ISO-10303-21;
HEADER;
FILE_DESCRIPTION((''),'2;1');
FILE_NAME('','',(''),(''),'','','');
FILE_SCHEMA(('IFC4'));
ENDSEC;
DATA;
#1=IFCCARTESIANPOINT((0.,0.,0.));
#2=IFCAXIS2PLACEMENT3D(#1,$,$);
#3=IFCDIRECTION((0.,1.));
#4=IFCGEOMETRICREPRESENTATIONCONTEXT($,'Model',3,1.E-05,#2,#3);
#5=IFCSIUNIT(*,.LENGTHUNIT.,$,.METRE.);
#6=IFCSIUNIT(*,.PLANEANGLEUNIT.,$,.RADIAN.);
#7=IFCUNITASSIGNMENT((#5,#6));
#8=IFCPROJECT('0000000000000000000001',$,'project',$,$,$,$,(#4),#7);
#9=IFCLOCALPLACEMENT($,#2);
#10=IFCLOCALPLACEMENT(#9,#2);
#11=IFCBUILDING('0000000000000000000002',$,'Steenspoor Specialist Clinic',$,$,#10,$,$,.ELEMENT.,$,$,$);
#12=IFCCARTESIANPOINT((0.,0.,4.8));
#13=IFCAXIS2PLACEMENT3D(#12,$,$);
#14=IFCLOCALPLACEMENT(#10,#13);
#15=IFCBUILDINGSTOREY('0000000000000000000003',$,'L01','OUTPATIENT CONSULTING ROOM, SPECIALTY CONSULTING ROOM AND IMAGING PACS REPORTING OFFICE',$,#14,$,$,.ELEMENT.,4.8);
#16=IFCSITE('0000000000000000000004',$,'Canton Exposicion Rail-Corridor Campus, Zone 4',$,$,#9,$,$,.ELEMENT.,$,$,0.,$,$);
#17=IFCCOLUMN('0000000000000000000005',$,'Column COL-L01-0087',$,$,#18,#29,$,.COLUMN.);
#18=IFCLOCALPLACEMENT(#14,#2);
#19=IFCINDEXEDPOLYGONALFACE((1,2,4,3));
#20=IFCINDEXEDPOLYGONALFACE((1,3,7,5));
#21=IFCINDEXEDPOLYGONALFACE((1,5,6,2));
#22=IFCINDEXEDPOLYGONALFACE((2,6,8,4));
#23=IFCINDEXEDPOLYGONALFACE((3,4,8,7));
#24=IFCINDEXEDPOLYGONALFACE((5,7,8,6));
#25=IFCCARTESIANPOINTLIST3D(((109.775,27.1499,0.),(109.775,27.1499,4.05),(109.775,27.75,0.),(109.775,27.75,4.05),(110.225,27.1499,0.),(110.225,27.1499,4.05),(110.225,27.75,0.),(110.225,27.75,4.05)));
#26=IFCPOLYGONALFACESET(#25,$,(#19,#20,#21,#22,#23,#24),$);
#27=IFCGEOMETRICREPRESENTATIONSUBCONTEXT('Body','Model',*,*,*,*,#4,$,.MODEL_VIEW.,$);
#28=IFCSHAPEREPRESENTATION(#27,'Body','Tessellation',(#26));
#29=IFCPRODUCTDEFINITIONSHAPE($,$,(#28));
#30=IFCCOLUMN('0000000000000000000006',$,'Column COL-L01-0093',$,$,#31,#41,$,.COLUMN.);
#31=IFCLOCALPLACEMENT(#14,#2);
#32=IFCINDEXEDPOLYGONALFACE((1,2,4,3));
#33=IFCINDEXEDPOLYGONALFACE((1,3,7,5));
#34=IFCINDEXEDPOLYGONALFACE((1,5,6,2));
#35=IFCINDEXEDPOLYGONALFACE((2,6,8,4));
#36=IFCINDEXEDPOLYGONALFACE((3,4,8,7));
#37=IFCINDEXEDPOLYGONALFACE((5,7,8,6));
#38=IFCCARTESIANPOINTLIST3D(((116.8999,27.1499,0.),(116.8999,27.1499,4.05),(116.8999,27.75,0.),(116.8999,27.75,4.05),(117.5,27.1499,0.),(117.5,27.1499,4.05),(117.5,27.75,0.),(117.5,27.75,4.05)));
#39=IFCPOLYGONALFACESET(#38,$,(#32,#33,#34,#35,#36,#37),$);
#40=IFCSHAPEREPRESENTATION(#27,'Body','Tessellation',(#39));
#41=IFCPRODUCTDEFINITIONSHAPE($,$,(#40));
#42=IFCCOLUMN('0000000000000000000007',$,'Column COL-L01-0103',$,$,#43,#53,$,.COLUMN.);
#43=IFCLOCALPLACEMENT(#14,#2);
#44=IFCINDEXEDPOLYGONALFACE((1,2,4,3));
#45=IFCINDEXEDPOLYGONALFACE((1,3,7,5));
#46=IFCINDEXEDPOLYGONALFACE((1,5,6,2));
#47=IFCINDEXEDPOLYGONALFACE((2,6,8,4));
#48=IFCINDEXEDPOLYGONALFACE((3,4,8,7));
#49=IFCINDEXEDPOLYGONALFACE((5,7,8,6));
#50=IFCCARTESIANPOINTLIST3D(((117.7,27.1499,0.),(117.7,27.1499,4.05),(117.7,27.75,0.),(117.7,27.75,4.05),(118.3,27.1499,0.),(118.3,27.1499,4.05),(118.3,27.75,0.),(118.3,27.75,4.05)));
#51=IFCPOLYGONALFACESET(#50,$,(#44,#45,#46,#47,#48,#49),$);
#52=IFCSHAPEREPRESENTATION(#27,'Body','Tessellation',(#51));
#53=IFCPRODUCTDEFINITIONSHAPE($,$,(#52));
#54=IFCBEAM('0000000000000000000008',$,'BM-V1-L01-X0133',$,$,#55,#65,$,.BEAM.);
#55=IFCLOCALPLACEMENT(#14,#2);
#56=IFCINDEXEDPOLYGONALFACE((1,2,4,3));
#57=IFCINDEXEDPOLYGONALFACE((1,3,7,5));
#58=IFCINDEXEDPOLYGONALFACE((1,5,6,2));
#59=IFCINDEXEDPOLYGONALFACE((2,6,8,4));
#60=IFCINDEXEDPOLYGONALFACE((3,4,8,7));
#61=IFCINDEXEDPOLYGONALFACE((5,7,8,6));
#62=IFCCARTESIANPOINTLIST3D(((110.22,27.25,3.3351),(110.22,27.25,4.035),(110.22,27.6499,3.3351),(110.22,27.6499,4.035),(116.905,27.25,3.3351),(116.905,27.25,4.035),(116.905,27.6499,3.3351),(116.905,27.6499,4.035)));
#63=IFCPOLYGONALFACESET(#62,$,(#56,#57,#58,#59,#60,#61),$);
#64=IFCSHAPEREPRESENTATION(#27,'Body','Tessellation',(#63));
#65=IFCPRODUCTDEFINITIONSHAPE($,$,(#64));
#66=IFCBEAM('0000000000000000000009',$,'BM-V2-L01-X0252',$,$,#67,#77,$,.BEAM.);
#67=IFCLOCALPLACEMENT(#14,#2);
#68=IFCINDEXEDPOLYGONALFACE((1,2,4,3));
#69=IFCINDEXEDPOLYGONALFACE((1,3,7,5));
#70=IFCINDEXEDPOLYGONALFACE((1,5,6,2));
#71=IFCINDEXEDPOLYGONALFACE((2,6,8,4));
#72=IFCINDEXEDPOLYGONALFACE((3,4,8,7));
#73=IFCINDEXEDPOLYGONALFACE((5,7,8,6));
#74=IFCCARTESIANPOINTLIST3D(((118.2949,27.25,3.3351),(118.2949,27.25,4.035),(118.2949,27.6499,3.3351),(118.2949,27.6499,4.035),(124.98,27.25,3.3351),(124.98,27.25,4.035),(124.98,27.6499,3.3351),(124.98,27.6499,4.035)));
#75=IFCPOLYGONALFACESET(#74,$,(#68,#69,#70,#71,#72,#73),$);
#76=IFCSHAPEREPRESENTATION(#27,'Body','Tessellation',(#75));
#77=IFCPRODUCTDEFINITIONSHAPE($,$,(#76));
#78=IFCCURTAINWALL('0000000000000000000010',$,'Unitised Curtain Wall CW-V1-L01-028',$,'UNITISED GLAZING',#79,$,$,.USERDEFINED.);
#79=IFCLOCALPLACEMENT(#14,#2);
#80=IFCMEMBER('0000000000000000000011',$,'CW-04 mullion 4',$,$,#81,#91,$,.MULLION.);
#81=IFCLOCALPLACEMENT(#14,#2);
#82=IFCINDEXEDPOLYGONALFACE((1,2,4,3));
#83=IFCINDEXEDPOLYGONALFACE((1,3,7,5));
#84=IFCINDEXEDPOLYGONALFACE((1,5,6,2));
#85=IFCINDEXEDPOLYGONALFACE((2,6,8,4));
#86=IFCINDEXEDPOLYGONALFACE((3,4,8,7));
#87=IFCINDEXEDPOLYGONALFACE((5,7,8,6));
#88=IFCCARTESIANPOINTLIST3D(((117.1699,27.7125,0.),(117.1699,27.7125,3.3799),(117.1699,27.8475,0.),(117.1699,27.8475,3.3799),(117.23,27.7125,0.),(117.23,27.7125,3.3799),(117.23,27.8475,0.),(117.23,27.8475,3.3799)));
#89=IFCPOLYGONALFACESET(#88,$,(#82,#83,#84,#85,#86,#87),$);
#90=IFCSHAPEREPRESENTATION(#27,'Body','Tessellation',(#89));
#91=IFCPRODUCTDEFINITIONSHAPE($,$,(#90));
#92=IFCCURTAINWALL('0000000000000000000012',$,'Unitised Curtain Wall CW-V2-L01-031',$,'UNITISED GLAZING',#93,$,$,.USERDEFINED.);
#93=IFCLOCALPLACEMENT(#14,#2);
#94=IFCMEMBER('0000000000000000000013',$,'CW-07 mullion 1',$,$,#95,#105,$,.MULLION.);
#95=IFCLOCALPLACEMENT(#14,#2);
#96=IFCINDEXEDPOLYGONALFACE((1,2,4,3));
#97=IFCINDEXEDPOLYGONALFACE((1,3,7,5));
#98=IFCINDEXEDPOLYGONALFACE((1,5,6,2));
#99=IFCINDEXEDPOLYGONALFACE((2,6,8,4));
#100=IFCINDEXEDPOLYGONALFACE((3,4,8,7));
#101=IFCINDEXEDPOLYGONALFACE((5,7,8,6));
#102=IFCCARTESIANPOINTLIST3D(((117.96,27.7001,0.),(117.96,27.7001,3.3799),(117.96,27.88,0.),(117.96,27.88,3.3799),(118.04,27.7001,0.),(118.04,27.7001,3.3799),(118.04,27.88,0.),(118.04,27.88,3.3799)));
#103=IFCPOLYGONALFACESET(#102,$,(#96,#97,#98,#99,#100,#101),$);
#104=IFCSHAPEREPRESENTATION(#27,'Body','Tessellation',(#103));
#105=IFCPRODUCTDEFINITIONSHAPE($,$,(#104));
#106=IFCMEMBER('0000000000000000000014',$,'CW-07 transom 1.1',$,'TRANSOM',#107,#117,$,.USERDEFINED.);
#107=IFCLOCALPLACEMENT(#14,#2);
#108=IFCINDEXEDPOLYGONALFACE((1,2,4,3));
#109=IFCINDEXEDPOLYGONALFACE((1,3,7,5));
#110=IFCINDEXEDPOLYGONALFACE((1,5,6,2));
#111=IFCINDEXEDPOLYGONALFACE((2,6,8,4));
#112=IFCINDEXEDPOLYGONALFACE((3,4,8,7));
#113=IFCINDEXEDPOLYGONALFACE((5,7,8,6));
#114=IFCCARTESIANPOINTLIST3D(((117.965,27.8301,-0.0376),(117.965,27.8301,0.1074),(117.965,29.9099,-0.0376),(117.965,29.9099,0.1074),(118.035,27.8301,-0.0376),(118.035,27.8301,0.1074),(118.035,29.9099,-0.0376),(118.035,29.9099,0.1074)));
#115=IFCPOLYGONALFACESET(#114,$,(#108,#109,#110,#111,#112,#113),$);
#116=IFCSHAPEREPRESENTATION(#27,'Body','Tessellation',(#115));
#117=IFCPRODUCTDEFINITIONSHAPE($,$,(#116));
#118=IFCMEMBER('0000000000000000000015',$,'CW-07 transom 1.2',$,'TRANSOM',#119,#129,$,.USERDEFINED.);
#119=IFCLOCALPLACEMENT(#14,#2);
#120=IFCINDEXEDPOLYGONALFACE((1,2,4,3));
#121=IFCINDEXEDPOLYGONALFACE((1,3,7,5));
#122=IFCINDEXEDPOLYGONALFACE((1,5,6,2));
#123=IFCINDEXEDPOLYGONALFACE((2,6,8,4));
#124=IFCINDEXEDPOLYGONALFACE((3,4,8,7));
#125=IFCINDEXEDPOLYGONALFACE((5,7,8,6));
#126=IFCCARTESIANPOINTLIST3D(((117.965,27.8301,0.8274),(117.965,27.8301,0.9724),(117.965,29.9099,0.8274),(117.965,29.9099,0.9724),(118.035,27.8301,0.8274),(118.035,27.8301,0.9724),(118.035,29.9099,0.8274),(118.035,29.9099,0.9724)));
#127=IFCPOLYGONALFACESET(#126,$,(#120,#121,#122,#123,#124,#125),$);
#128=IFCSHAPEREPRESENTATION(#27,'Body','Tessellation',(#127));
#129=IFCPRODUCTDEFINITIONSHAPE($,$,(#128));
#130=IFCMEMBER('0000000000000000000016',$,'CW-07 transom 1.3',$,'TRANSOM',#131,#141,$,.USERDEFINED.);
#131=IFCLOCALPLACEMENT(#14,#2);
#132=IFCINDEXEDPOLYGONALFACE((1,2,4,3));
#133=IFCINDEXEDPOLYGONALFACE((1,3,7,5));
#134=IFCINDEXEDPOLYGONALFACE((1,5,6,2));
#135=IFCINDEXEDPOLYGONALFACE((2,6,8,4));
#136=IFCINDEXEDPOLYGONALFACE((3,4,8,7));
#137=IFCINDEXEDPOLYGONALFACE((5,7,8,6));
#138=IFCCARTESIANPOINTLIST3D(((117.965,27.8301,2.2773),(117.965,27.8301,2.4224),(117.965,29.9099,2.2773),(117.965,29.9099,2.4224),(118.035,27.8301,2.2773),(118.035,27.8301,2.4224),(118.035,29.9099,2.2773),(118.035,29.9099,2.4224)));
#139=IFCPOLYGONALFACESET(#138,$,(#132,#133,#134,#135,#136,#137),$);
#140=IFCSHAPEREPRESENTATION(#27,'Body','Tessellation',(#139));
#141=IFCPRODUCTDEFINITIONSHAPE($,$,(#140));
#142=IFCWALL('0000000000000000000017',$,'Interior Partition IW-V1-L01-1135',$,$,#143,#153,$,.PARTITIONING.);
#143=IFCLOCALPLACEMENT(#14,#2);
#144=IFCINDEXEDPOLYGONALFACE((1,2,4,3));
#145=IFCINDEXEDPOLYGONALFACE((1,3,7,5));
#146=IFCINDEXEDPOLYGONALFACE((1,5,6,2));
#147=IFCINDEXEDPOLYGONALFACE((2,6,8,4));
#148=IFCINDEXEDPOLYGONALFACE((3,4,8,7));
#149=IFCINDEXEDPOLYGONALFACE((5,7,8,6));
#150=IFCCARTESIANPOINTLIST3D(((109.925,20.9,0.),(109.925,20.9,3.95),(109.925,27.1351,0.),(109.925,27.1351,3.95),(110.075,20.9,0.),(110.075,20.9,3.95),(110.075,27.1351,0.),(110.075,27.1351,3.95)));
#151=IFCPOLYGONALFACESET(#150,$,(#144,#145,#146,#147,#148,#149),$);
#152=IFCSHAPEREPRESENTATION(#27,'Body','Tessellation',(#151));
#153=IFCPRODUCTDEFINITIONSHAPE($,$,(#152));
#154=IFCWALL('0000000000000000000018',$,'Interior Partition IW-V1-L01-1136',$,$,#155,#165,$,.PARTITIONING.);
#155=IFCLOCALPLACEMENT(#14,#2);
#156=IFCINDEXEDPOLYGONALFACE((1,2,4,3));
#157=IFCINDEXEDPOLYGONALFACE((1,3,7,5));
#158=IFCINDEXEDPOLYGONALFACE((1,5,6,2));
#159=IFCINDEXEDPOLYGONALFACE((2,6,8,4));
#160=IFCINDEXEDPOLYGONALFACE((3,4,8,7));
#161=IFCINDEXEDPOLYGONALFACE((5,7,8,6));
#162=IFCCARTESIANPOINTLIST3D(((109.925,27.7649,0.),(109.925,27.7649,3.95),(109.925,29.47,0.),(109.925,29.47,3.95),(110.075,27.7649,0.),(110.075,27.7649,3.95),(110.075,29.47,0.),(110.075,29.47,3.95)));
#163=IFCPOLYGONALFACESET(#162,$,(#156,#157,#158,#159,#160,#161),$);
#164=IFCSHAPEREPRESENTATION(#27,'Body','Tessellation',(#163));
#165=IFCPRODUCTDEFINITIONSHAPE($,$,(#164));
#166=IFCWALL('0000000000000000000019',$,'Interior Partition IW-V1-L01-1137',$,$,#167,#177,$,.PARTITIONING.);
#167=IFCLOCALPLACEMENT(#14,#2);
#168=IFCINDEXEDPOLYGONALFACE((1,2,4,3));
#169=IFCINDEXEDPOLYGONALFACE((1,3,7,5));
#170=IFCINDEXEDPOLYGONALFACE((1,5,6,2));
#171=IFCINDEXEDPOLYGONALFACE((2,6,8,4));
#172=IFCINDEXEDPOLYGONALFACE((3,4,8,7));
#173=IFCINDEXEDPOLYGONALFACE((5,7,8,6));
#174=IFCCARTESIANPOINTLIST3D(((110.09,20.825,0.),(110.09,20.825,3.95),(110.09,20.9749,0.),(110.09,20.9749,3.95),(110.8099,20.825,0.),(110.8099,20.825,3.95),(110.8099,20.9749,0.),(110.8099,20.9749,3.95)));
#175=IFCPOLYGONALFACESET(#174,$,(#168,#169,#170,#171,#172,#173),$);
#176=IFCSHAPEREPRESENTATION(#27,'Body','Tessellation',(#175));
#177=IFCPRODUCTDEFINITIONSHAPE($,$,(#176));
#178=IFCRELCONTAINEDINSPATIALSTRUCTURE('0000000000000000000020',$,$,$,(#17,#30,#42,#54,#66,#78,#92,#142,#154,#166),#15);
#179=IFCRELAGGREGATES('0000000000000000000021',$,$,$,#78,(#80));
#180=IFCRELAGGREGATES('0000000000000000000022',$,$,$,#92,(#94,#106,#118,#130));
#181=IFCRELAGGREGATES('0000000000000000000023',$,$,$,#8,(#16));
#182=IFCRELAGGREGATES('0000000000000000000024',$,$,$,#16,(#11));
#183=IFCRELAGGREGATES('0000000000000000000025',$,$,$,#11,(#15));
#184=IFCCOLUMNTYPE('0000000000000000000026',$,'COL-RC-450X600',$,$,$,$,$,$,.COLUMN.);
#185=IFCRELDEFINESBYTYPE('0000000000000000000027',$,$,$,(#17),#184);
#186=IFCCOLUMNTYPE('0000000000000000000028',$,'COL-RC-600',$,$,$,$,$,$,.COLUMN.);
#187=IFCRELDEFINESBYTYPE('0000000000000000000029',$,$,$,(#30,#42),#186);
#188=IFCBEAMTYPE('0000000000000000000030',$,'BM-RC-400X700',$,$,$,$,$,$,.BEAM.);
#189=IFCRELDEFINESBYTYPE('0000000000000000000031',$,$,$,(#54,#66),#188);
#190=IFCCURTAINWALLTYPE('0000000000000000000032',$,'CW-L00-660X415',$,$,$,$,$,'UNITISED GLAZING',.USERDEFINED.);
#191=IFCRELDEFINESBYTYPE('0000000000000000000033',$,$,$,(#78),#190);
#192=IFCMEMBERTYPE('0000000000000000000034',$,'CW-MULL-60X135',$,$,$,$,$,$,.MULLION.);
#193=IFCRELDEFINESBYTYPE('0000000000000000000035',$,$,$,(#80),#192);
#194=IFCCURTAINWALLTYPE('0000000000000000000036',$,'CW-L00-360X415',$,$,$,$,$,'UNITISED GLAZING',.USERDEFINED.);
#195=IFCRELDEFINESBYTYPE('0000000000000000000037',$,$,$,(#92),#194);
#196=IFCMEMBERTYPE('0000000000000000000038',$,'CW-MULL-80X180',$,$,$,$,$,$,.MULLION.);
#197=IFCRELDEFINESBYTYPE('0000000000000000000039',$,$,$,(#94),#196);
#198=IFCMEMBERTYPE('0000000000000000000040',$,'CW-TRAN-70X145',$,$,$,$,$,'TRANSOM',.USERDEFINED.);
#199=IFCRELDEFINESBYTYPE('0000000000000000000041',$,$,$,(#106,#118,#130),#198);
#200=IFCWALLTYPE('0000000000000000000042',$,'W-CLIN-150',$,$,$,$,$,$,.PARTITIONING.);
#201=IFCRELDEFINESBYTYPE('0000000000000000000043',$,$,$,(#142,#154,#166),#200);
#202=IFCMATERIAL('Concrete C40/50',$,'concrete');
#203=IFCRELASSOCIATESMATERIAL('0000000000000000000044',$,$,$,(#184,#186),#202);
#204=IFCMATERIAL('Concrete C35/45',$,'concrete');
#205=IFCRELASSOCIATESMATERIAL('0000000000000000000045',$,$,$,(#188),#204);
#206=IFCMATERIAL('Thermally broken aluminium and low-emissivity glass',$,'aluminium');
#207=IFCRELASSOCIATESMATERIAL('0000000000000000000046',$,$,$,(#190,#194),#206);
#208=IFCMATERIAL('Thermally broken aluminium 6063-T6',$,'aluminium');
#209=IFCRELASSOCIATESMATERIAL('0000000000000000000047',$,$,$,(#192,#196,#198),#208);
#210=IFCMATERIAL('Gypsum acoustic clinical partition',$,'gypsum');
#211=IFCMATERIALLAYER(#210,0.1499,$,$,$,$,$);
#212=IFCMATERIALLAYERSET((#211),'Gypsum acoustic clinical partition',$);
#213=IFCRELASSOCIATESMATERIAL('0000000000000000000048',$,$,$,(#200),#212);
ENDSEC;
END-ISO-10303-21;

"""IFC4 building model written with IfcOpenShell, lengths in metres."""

from ifc_helpers import new_model, si_unit, direction, frame, frame_2d, origin, origin_2d, place, context, subcontext, project, spatial, rectangle, extrude, material, layer, layer_set, material_profile, profile_set, type_object, element, aggregate, save


model = new_model("IFC4")

# Units and contexts
model_context = context("Model", 3, precision=1e-05, world=origin(), true_north=direction((0.0, 1.0)))
body_context = subcontext(model_context, "Body", "Model", "MODEL_VIEW")
ifc_project = project(units=[si_unit("LENGTHUNIT", "METRE"), si_unit("PLANEANGLEUNIT", "RADIAN")], contexts=[model_context])

# Site, building, storey
site_placement = place(None, origin())
site = spatial("IfcSite", under=ifc_project, at=site_placement, Name="Canton Exposicion Rail-Corridor Campus, Zone 4", CompositionType="ELEMENT", RefElevation=0.0)
building_placement = place(site_placement, origin())
building = spatial("IfcBuilding", under=site, at=building_placement, Name="Steenspoor Specialist Clinic", CompositionType="ELEMENT")
storey_placement = place(building_placement, frame((0.0, 0.0, 4.8)))
storey = spatial("IfcBuildingStorey", under=building, at=storey_placement, Name="L01", Description="OUTPATIENT CONSULTING ROOM, SPECIALTY CONSULTING ROOM AND IMAGING PACS REPORTING OFFICE", CompositionType="ELEMENT", Elevation=4.8)

# Columns
ifc_material_1 = material(Name="Concrete C40/50", Category="concrete")
ifc_material_profile_1 = material_profile(ifc_material_1, rectangle(XDim=0.45, YDim=0.6001, at=origin_2d()), Name="RC-COL-450X600")
ifc_profile_set_1 = profile_set([ifc_material_profile_1], Name="Concrete C40/50")
column_type_1 = type_object("IfcColumnType", Name="COL-RC-450X600", PredefinedType="COLUMN", material=ifc_profile_set_1)
column_placement = place(storey_placement, frame((110.0, 27.45, 0.0), z_axis=(0.0, 0.0, 1.0), x_axis=(1.0, 0.0, 0.0)))
element("IfcColumn", 1, at=column_placement, inside=storey, type_object=column_type_1, Name="Column COL-L01-0087", PredefinedType="COLUMN", context=body_context, shape_type="SweptSolid", body=[
    extrude(rectangle(XDim=0.45, YDim=0.6001, at=origin_2d()), origin(), (0.0, 0.0, 1.0), 4.05),
])
ifc_material_profile_2 = material_profile(ifc_material_1, rectangle(XDim=0.6001, YDim=0.6001, at=origin_2d()), Name="RC-COL-600X600")
ifc_profile_set_2 = profile_set([ifc_material_profile_2], Name="Concrete C40/50")
column_type_2 = type_object("IfcColumnType", Name="COL-RC-600", PredefinedType="COLUMN", material=ifc_profile_set_2)
for number, where, z_axis, x_axis, name in (
    (2, (117.2, 27.45, 0.0), (0.0, 0.0, 1.0), (1.0, 0.0, 0.0), "Column COL-L01-0093"),
    (3, (118.0, 27.45, 0.0), (0.0, 0.0, 1.0), (1.0, 0.0, 0.0), "Column COL-L01-0103"),
):
    element("IfcColumn", number, at=place(storey_placement, frame(where, z_axis=z_axis, x_axis=x_axis)), inside=storey, type_object=column_type_2, Name=name, PredefinedType="COLUMN", context=body_context, shape_type="SweptSolid", body=[
        extrude(rectangle(XDim=0.6001, YDim=0.6001, at=origin_2d()), origin(), (0.0, 0.0, 1.0), 4.05),
    ])

# Beams
ifc_material_2 = material(Name="Concrete C35/45", Category="concrete")
ifc_material_profile_3 = material_profile(ifc_material_2, rectangle(XDim=0.3999, YDim=0.7, at=origin_2d()), Name="RC-BM-400X700")
ifc_profile_set_3 = profile_set([ifc_material_profile_3], Name="Concrete C35/45")
beam_type = type_object("IfcBeamType", Name="BM-RC-400X700", PredefinedType="BEAM", material=ifc_profile_set_3)
for number, where, z_axis, x_axis, name in (
    (4, (110.22, 27.45, 3.6851), (1.0, 0.0, 0.0), (0.0, 1.0, 0.0), "BM-V1-L01-X0133"),
    (5, (118.2949, 27.45, 3.6851), (1.0, 0.0, 0.0), (0.0, 1.0, 0.0), "BM-V2-L01-X0252"),
):
    element("IfcBeam", number, at=place(storey_placement, frame(where, z_axis=z_axis, x_axis=x_axis)), inside=storey, type_object=beam_type, Name=name, PredefinedType="BEAM", context=body_context, shape_type="SweptSolid", body=[
        extrude(rectangle(XDim=0.3999, YDim=0.7, at=origin_2d()), origin(), (0.0, 0.0, 1.0), 6.6851),
    ])

# Curtain wall, member
ifc_material_3 = material(Name="Thermally broken aluminium and low-emissivity glass", Category="aluminium")
curtain_wall_type_1 = type_object("IfcCurtainWallType", Name="CW-L00-660X415", ElementType="UNITISED GLAZING", PredefinedType="USERDEFINED", material=ifc_material_3)
curtain_wall_1_placement = place(storey_placement, origin())
curtain_wall_1 = element("IfcCurtainWall", 6, at=curtain_wall_1_placement, inside=storey, type_object=curtain_wall_type_1, Name="Unitised Curtain Wall CW-V1-L01-028", ObjectType="UNITISED GLAZING", PredefinedType="USERDEFINED")
ifc_material_4 = material(Name="Thermally broken aluminium 6063-T6", Category="aluminium")
ifc_material_profile_4 = material_profile(ifc_material_4, rectangle(XDim=0.0601, YDim=0.135, at=origin_2d()), Name="CWM-60X135")
ifc_profile_set_4 = profile_set([ifc_material_profile_4], Name="Thermally broken aluminium 6063-T6")
member_type_1 = type_object("IfcMemberType", Name="CW-MULL-60X135", PredefinedType="MULLION", material=ifc_profile_set_4)
member_1_placement = place(storey_placement, frame((117.2, 27.78, 0.0), z_axis=(0.0, 0.0, 1.0), x_axis=(1.0, 0.0, 0.0)))
member_1 = element("IfcMember", 7, at=member_1_placement, type_object=member_type_1, Name="CW-04 mullion 4", PredefinedType="MULLION", context=body_context, shape_type="SweptSolid", body=[
    extrude(rectangle(XDim=0.0601, YDim=0.135, at=origin_2d()), origin(), (0.0, 0.0, 1.0), 3.3799),
])
aggregate(curtain_wall_1, [member_1])

# Curtain wall, members
curtain_wall_type_2 = type_object("IfcCurtainWallType", Name="CW-L00-360X415", ElementType="UNITISED GLAZING", PredefinedType="USERDEFINED", material=ifc_material_3)
curtain_wall_2_placement = place(storey_placement, origin())
curtain_wall_2 = element("IfcCurtainWall", 8, at=curtain_wall_2_placement, inside=storey, type_object=curtain_wall_type_2, Name="Unitised Curtain Wall CW-V2-L01-031", ObjectType="UNITISED GLAZING", PredefinedType="USERDEFINED")
ifc_material_profile_5 = material_profile(ifc_material_4, rectangle(XDim=0.0801, YDim=0.1799, at=origin_2d()), Name="CWM-80X180")
ifc_profile_set_5 = profile_set([ifc_material_profile_5], Name="Thermally broken aluminium 6063-T6")
member_type_2 = type_object("IfcMemberType", Name="CW-MULL-80X180", PredefinedType="MULLION", material=ifc_profile_set_5)
member_2_placement = place(storey_placement, frame((118.0, 27.79, 0.0), z_axis=(0.0, 0.0, 1.0), x_axis=(-1.0, 0.0, 0.0)))
member_2 = element("IfcMember", 9, at=member_2_placement, type_object=member_type_2, Name="CW-07 mullion 1", PredefinedType="MULLION", context=body_context, shape_type="SweptSolid", body=[
    extrude(rectangle(XDim=0.0801, YDim=0.1799, at=origin_2d()), origin(), (0.0, 0.0, 1.0), 3.3799),
])
ifc_material_profile_6 = material_profile(ifc_material_4, rectangle(XDim=0.0701, YDim=0.145, at=origin_2d()), Name="CWT-70X145")
ifc_profile_set_6 = profile_set([ifc_material_profile_6], Name="Thermally broken aluminium 6063-T6")
member_type_3 = type_object("IfcMemberType", Name="CW-TRAN-70X145", ElementType="TRANSOM", PredefinedType="USERDEFINED", material=ifc_profile_set_6)
member_3_placement = place(storey_placement, frame((118.0, 27.8301, 0.0349), z_axis=(0.0, 1.0, 0.0), x_axis=(-1.0, 0.0, 0.0)))
member_3 = element("IfcMember", 10, at=member_3_placement, type_object=member_type_3, Name="CW-07 transom 1.1", ObjectType="TRANSOM", PredefinedType="USERDEFINED", context=body_context, shape_type="SweptSolid", body=[
    extrude(rectangle(XDim=0.0701, YDim=0.145, at=origin_2d()), origin(), (0.0, 0.0, 1.0), 2.0798),
])
member_4_placement = place(storey_placement, frame((118.0, 27.8301, 0.8999), z_axis=(0.0, 1.0, 0.0), x_axis=(-1.0, 0.0, 0.0)))
member_4 = element("IfcMember", 11, at=member_4_placement, type_object=member_type_3, Name="CW-07 transom 1.2", ObjectType="TRANSOM", PredefinedType="USERDEFINED", context=body_context, shape_type="SweptSolid", body=[
    extrude(rectangle(XDim=0.0701, YDim=0.145, at=origin_2d()), origin(), (0.0, 0.0, 1.0), 2.0798),
])
member_5_placement = place(storey_placement, frame((118.0, 27.8301, 2.3499), z_axis=(0.0, 1.0, 0.0), x_axis=(-1.0, 0.0, 0.0)))
member_5 = element("IfcMember", 12, at=member_5_placement, type_object=member_type_3, Name="CW-07 transom 1.3", ObjectType="TRANSOM", PredefinedType="USERDEFINED", context=body_context, shape_type="SweptSolid", body=[
    extrude(rectangle(XDim=0.0701, YDim=0.145, at=origin_2d()), origin(), (0.0, 0.0, 1.0), 2.0798),
])
aggregate(curtain_wall_2, [member_2, member_3, member_4, member_5])

# Walls
ifc_material_5 = material(Name="Gypsum acoustic clinical partition", Category="gypsum")
ifc_layer_1 = layer(ifc_material_5, 0.1499)
ifc_layer_set_1 = layer_set([ifc_layer_1], Name="Gypsum acoustic clinical partition")
wall_type_1 = type_object("IfcWallType", Name="W-CLIN-150", PredefinedType="PARTITIONING", material=ifc_layer_set_1)
wall_1_placement = place(storey_placement, frame((110.0, 20.8999, 0.0), z_axis=(0.0, 0.0, 1.0), x_axis=(0.0, 1.0, 0.0)))
element("IfcWall", 13, at=wall_1_placement, inside=storey, type_object=wall_type_1, Name="Interior Partition IW-V1-L01-1135", PredefinedType="PARTITIONING", context=body_context, shape_type="SweptSolid", body=[
    extrude(rectangle(XDim=6.2351, YDim=0.1499, at=frame_2d((3.1177, 0.0))), origin(), (0.0, 0.0, 1.0), 3.95),
])
wall_2_placement = place(storey_placement, frame((110.0, 27.7649, 0.0), z_axis=(0.0, 0.0, 1.0), x_axis=(0.0, 1.0, 0.0)))
element("IfcWall", 14, at=wall_2_placement, inside=storey, type_object=wall_type_1, Name="Interior Partition IW-V1-L01-1136", PredefinedType="PARTITIONING", context=body_context, shape_type="SweptSolid", body=[
    extrude(rectangle(XDim=1.7051, YDim=0.1499, at=frame_2d((0.8525, 0.0))), origin(), (0.0, 0.0, 1.0), 3.95),
])
wall_3_placement = place(storey_placement, frame((110.0901, 20.8999, 0.0), z_axis=(0.0, 0.0, 1.0), x_axis=(1.0, 0.0, 0.0)))
element("IfcWall", 15, at=wall_3_placement, inside=storey, type_object=wall_type_1, Name="Interior Partition IW-V1-L01-1137", PredefinedType="PARTITIONING", context=body_context, shape_type="SweptSolid", body=[
    extrude(rectangle(XDim=0.72, YDim=0.1499, at=frame_2d((0.3599, 0.0))), origin(), (0.0, 0.0, 1.0), 3.95),
])

save(model, "model.ifc")
